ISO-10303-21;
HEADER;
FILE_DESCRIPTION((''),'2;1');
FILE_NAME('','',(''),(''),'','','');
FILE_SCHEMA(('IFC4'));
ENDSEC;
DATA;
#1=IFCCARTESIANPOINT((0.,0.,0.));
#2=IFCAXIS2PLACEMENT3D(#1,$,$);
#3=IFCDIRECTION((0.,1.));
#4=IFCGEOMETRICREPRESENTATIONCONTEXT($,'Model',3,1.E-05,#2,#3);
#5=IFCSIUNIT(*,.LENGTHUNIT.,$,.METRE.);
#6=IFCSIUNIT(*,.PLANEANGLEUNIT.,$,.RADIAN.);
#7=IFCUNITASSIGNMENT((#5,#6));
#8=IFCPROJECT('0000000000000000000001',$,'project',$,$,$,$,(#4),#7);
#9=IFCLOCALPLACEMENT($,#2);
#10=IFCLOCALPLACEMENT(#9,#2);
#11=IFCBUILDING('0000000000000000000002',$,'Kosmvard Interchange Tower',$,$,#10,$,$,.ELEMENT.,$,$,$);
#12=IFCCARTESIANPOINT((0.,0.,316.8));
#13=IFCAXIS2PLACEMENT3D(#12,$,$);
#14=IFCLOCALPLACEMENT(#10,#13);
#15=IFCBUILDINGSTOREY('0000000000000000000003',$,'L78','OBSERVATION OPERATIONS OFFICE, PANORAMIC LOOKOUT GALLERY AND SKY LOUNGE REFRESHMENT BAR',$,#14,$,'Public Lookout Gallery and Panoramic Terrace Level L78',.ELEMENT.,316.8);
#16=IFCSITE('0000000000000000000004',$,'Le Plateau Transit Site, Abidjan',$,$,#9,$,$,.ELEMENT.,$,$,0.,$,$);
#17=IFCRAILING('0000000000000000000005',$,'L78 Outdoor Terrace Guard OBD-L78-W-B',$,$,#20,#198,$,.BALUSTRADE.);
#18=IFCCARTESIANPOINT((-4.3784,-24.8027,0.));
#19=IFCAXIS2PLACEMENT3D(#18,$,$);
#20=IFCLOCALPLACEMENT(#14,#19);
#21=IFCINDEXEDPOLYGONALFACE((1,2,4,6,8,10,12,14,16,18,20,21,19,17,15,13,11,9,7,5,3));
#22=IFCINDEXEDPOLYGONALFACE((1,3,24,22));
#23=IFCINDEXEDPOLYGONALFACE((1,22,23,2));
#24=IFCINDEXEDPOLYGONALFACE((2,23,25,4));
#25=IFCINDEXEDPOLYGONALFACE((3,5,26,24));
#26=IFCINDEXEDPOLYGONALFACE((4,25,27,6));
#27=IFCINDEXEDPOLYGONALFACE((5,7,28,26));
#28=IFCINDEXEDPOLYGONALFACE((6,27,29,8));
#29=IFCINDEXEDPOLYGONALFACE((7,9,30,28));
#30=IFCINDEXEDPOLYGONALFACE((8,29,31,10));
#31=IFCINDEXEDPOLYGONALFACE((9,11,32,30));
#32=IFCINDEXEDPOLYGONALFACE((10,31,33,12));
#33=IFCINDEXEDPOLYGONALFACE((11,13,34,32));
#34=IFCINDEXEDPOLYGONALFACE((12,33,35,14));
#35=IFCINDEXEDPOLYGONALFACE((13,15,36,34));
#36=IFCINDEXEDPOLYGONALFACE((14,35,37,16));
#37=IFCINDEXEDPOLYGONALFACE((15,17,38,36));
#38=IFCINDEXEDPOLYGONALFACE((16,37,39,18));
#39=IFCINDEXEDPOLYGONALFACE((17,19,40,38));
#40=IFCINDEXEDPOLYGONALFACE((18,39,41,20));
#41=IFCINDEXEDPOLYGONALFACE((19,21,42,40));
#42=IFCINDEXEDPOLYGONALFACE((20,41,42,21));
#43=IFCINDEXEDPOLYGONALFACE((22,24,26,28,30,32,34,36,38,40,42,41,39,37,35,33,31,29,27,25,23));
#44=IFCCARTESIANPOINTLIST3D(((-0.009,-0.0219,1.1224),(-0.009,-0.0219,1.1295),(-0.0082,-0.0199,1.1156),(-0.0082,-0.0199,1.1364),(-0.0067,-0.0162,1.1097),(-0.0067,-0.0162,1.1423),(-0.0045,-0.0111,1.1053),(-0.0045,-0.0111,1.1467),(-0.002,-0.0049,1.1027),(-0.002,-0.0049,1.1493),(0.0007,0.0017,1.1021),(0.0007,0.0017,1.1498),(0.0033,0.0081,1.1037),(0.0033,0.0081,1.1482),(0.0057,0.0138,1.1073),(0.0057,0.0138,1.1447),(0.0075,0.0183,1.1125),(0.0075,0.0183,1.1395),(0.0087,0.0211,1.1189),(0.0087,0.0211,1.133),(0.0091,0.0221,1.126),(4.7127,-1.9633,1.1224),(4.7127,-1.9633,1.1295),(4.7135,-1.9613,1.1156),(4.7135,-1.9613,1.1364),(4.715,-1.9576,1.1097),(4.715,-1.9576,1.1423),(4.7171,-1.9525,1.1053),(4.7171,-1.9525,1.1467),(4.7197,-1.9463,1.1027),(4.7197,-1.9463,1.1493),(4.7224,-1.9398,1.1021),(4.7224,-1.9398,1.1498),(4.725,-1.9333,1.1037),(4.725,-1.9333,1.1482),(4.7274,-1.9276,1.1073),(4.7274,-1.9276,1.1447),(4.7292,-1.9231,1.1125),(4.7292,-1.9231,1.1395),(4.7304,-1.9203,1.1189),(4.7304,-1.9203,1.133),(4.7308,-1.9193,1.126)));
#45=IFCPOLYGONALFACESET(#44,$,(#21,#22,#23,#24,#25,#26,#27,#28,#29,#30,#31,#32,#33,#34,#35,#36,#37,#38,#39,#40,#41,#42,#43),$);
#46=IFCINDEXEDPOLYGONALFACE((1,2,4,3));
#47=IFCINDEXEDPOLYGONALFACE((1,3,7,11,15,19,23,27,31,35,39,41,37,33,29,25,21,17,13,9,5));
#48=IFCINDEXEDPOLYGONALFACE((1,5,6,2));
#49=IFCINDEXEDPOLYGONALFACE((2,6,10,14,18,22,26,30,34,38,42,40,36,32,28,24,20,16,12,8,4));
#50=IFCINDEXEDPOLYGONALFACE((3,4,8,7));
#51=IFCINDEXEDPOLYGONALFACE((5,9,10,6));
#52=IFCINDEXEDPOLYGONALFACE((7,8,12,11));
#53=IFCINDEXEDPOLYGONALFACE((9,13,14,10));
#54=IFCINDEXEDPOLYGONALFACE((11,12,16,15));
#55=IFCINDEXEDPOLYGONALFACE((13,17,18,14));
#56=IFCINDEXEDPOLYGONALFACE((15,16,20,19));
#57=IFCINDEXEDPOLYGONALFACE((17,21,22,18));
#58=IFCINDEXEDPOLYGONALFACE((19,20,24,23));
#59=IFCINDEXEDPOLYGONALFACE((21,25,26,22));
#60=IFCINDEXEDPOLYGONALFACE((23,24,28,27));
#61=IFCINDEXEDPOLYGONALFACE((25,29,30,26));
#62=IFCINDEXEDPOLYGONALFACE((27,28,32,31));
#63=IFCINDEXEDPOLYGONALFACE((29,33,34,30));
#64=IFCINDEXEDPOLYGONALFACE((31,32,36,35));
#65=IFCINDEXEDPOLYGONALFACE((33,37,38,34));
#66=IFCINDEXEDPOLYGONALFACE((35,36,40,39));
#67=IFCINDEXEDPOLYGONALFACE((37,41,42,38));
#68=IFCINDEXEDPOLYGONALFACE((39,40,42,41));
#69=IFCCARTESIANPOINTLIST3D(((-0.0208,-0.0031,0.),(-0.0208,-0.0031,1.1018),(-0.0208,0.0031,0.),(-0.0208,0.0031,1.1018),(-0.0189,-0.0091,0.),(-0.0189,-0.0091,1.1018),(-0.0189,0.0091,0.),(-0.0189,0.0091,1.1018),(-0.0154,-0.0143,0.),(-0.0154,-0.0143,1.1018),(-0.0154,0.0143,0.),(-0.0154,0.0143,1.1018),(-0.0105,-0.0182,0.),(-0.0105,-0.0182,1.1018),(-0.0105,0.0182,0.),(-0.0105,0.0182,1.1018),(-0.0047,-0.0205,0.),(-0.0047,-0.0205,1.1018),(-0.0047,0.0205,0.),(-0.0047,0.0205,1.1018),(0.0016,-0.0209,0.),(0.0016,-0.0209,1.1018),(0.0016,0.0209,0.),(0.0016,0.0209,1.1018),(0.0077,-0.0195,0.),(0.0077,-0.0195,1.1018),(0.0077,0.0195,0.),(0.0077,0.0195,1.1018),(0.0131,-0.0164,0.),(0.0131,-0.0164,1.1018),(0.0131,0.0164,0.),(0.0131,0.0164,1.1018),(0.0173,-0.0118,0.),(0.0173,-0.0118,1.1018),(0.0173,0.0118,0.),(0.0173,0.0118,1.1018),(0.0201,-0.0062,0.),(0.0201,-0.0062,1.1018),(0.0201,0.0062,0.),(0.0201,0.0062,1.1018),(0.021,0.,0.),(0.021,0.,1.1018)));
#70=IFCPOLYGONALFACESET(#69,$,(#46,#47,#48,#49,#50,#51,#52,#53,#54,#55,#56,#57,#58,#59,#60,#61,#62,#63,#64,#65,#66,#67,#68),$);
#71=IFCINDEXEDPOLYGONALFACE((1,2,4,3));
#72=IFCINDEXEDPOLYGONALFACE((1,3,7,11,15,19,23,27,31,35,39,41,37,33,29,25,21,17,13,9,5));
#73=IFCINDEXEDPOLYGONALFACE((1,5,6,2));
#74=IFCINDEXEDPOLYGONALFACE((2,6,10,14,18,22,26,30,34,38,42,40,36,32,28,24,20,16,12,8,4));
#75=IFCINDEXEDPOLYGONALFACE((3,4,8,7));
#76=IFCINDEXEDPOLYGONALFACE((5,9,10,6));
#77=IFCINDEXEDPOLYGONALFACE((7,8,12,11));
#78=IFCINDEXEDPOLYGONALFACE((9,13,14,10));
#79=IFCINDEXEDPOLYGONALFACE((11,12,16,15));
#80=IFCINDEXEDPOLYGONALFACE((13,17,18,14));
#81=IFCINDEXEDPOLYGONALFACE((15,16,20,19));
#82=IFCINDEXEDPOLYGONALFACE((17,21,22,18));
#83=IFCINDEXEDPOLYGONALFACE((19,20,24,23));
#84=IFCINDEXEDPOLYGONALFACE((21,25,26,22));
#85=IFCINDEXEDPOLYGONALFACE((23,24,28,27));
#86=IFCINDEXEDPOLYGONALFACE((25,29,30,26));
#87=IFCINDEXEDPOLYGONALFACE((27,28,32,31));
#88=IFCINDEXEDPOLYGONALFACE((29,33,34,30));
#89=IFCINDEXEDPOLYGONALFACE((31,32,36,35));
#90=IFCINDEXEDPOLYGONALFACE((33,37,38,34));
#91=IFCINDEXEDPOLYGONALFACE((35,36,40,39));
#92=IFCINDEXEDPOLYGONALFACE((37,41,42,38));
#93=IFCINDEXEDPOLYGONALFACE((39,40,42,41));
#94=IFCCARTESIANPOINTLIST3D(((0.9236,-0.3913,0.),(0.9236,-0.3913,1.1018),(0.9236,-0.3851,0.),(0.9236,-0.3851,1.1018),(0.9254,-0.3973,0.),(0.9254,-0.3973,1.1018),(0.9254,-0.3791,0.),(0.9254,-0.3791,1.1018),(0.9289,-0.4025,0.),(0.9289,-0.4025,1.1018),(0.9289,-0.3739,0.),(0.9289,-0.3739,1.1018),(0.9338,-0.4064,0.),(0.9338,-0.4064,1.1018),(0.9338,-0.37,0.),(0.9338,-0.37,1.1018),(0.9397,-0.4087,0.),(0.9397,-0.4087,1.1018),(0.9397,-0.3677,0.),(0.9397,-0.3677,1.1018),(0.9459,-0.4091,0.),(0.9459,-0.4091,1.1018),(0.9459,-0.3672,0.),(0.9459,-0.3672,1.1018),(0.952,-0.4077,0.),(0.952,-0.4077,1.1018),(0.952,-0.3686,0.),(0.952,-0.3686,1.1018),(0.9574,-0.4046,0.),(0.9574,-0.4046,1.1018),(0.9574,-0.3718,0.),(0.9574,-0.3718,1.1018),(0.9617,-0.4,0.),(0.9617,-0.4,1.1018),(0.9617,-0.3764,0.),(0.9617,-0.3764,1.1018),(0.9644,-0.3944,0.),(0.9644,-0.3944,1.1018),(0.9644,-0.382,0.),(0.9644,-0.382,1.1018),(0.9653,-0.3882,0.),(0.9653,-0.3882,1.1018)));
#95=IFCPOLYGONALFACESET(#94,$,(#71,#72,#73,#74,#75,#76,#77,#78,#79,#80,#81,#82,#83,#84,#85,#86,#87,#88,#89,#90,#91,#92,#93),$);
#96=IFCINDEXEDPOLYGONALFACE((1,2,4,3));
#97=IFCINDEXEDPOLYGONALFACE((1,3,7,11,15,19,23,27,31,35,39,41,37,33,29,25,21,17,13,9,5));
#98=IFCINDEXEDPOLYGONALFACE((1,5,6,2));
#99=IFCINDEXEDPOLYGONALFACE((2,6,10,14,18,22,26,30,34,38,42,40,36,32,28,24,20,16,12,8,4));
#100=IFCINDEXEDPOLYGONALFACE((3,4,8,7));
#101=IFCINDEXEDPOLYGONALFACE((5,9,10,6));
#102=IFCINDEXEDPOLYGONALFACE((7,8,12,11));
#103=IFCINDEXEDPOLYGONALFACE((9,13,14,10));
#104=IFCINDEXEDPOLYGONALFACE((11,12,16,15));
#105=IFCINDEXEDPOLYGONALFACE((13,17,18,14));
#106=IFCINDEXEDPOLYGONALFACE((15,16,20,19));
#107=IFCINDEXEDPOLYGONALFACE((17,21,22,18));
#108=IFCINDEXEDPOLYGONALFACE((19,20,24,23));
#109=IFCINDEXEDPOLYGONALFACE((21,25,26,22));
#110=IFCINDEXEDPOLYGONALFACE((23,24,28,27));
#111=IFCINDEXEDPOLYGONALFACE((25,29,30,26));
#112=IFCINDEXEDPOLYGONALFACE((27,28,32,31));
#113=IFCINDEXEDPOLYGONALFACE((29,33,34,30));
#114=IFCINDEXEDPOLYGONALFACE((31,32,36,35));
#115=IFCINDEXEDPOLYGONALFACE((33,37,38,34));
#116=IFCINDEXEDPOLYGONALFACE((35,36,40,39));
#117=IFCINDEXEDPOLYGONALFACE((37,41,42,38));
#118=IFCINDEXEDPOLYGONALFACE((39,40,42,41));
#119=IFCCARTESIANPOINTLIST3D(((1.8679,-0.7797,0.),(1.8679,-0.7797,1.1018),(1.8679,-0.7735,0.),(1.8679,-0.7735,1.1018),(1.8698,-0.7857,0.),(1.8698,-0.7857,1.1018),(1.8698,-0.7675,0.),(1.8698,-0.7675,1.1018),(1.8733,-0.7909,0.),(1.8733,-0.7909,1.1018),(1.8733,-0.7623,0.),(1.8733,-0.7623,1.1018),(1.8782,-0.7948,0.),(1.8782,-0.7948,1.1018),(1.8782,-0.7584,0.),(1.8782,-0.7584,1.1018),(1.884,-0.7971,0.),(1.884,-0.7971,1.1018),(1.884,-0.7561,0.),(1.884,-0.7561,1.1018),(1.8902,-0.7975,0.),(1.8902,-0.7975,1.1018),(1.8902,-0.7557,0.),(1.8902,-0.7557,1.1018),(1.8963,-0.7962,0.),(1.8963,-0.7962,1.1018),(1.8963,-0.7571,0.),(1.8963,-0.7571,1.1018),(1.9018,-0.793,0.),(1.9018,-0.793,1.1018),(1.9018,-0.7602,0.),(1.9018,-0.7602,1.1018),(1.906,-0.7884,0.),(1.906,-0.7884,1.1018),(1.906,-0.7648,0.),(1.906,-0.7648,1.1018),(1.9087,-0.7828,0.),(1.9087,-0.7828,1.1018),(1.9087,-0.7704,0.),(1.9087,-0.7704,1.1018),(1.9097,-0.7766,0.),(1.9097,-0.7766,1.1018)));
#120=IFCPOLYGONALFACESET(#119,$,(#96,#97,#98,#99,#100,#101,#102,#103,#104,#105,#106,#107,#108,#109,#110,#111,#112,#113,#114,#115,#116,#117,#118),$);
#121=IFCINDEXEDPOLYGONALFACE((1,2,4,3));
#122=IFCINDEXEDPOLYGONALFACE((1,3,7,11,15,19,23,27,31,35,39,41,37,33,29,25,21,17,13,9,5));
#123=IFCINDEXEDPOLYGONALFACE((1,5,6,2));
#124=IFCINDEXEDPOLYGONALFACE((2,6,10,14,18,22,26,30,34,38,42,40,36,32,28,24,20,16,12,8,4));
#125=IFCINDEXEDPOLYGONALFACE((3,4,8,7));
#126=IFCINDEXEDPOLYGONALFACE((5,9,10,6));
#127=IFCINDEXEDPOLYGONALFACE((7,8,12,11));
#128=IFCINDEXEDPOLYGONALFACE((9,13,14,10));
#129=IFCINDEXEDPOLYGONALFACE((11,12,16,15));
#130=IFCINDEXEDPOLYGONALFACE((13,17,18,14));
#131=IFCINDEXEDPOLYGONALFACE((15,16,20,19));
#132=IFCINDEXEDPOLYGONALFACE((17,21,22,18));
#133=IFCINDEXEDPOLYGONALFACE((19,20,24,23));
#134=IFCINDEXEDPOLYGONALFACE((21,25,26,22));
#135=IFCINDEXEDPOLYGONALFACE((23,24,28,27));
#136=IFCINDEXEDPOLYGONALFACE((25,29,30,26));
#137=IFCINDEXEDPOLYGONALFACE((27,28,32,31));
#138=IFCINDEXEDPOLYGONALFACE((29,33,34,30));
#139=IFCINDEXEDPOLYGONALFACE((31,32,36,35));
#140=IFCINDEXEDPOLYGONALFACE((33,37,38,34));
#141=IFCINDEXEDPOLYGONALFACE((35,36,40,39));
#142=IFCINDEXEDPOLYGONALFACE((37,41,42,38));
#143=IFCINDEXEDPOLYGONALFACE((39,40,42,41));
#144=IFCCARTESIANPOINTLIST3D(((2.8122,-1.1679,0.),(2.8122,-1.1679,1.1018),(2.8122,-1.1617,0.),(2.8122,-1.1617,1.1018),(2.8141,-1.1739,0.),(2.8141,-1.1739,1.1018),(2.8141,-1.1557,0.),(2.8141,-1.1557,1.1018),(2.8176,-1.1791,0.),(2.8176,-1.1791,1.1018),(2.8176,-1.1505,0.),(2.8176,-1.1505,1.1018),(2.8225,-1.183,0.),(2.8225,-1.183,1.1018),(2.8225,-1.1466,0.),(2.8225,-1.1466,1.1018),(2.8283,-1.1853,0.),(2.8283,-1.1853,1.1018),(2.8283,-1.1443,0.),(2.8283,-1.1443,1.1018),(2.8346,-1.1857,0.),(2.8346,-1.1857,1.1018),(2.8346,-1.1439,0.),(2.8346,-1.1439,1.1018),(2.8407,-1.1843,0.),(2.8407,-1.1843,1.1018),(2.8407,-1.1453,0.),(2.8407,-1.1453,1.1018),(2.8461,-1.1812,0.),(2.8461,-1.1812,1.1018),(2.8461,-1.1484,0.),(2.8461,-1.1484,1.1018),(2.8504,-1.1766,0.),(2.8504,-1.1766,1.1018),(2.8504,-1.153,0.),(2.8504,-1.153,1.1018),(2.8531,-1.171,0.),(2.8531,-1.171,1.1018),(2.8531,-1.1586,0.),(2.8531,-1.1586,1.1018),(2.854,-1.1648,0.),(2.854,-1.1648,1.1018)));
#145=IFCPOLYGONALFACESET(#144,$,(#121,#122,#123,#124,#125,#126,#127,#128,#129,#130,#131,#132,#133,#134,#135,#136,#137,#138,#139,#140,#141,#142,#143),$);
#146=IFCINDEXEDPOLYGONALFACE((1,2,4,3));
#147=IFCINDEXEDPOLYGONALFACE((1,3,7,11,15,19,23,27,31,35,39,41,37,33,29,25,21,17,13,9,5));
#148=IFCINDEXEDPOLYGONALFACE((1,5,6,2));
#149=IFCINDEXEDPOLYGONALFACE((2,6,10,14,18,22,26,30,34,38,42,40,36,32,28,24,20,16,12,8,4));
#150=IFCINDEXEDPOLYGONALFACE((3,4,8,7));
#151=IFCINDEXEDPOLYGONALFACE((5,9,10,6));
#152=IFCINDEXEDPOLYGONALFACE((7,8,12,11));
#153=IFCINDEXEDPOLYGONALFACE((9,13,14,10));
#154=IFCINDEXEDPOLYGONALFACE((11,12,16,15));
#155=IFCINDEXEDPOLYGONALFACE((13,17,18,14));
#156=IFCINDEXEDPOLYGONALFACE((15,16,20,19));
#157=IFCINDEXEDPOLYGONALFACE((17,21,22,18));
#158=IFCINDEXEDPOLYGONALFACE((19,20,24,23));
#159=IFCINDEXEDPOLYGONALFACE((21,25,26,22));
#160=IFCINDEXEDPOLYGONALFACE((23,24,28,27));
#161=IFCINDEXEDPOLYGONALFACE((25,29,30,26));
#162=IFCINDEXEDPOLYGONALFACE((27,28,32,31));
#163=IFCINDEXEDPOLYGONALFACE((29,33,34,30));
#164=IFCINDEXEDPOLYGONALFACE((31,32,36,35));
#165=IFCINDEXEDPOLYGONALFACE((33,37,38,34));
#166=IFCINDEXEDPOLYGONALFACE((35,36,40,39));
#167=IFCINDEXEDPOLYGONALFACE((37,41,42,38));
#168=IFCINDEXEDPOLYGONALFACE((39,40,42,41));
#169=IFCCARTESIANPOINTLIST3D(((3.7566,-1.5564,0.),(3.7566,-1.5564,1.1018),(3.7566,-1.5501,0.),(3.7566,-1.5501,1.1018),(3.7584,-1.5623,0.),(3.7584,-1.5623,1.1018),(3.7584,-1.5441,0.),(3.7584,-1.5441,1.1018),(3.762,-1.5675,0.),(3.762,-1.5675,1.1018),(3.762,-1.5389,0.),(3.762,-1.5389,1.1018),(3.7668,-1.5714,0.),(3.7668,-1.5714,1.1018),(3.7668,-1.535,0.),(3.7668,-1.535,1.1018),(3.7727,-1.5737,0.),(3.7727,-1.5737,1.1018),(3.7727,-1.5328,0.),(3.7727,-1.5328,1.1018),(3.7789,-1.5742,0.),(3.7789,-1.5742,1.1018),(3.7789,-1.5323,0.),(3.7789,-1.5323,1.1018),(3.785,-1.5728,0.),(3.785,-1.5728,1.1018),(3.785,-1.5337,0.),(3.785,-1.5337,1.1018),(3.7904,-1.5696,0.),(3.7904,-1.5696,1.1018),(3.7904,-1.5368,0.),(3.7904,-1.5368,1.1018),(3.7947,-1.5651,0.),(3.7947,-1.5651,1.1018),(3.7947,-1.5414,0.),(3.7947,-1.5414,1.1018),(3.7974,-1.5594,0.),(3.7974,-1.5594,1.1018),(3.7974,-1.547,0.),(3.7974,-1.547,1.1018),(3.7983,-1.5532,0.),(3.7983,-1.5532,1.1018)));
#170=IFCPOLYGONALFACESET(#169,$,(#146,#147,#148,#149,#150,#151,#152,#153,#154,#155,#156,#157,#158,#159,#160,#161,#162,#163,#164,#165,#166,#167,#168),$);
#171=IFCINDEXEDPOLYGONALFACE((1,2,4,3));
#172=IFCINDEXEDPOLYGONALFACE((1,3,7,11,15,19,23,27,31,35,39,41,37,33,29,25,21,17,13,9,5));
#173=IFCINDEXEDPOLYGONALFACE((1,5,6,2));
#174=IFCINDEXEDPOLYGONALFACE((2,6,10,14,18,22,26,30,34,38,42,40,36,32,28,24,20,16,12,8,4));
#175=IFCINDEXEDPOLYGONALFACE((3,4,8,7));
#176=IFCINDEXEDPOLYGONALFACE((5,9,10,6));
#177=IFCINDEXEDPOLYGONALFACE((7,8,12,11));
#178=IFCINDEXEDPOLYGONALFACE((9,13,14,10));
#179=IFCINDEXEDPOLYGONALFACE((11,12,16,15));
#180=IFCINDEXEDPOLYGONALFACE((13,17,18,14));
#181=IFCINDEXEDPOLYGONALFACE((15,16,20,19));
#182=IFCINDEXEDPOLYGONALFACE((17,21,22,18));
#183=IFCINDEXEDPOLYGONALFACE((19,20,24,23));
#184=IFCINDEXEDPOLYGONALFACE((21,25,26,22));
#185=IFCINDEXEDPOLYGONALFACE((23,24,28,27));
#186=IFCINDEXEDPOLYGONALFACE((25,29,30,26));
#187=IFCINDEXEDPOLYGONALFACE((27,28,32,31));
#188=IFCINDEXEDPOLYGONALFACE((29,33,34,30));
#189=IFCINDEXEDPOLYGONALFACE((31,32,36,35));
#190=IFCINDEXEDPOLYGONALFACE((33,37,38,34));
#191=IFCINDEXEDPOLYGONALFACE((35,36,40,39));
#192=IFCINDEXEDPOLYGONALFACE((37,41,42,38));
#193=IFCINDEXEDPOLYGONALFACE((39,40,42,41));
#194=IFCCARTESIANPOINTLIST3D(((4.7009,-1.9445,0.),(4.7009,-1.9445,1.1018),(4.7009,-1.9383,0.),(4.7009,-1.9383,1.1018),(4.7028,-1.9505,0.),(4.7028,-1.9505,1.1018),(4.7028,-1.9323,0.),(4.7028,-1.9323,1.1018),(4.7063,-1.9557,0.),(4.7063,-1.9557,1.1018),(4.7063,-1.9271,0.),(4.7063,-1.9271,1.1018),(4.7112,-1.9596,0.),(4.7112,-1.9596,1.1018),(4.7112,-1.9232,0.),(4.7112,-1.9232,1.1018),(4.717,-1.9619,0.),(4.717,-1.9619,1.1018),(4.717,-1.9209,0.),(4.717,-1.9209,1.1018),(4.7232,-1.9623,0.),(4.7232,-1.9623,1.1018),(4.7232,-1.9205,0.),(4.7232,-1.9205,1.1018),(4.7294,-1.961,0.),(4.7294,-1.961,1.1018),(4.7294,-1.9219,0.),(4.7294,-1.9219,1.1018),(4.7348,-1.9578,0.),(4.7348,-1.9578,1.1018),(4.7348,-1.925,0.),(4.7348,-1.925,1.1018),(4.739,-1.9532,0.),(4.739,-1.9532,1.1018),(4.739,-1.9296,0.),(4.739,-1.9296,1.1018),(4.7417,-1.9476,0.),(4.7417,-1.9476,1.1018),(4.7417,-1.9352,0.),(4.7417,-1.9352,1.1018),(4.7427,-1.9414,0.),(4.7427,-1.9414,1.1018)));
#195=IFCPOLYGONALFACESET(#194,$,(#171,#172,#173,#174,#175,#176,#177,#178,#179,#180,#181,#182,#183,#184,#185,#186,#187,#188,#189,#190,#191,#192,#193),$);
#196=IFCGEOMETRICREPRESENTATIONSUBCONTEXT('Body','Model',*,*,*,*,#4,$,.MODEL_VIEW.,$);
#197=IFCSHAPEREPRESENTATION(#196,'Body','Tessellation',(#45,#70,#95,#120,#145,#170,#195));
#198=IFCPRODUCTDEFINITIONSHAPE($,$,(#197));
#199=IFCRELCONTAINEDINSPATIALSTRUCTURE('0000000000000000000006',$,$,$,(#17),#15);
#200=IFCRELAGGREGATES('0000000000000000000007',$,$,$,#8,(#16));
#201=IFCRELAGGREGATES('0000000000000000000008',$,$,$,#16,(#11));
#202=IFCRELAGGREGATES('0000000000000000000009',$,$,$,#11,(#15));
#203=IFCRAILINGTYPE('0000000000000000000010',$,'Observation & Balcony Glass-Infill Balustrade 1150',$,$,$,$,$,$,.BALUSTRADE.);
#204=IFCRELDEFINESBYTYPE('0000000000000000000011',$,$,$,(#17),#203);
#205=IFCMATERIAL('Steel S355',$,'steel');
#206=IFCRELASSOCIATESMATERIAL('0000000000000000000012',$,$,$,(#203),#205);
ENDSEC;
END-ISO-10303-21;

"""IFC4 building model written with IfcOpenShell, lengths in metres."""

from ifc_helpers import new_model, si_unit, direction, frame, origin, origin_2d, place, context, subcontext, project, spatial, circle, extrude, source, transform, mapped, material, type_object, element, save


model = new_model("IFC4")

# Units and contexts
model_context = context("Model", 3, precision=1e-05, world=origin(), true_north=direction((0.0, 1.0)))
body_context = subcontext(model_context, "Body", "Model", "MODEL_VIEW")
ifc_project = project(units=[si_unit("LENGTHUNIT", "METRE"), si_unit("PLANEANGLEUNIT", "RADIAN")], contexts=[model_context])

# Site, building, storey
site_placement = place(None, origin())
site = spatial("IfcSite", under=ifc_project, at=site_placement, Name="Le Plateau Transit Site, Abidjan", CompositionType="ELEMENT", RefElevation=0.0)
building_placement = place(site_placement, origin())
building = spatial("IfcBuilding", under=site, at=building_placement, Name="Kosmvard Interchange Tower", CompositionType="ELEMENT")
storey_placement = place(building_placement, frame((0.0, 0.0, 316.8)))
storey = spatial("IfcBuildingStorey", under=building, at=storey_placement, Name="L78", Description="OBSERVATION OPERATIONS OFFICE, PANORAMIC LOOKOUT GALLERY AND SKY LOUNGE REFRESHMENT BAR", LongName="Public Lookout Gallery and Panoramic Terrace Level L78", CompositionType="ELEMENT", Elevation=316.8)

# Shared definitions
ifc_material_1 = material(Name="Steel S355", Category="steel")

# Railing
railing_type = type_object("IfcRailingType", Name="Observation & Balcony Glass-Infill Balustrade 1150", PredefinedType="BALUSTRADE", material=ifc_material_1)
shared_shape_1 = source(origin(), body_context, "Body", "SweptSolid", [
    extrude(circle(Radius=0.0239, at=origin_2d()), frame((0.0, 0.0, 1.126), z_axis=(0.924872, -0.380278, 0.0), x_axis=(0.380278, 0.924872, 0.0)), (0.0, 0.0, 1.0), 5.1052),
    extrude(circle(Radius=0.021, at=origin_2d()), origin(), (0.0, 0.0, 1.0), 1.1018),
    extrude(circle(Radius=0.021, at=origin_2d()), frame((0.9443, -0.3882, 0.0)), (0.0, 0.0, 1.0), 1.1018),
    extrude(circle(Radius=0.021, at=origin_2d()), frame((1.8887, -0.7766, 0.0)), (0.0, 0.0, 1.0), 1.1018),
    extrude(circle(Radius=0.021, at=origin_2d()), frame((2.833, -1.1648, 0.0)), (0.0, 0.0, 1.0), 1.1018),
    extrude(circle(Radius=0.021, at=origin_2d()), frame((3.7773, -1.5532, 0.0)), (0.0, 0.0, 1.0), 1.1018),
    extrude(circle(Radius=0.021, at=origin_2d()), frame((4.7217, -1.9414, 0.0)), (0.0, 0.0, 1.0), 1.1018),
])
railing_1_placement = place(storey_placement, frame((-4.3784, -24.8027, 0.0)))
element("IfcRailing", 1, at=railing_1_placement, inside=storey, type_object=railing_type, Name="L78 Outdoor Terrace Guard OBD-L78-W-B", PredefinedType="BALUSTRADE", context=body_context, shape_type="MappedRepresentation", body=[
    mapped(shared_shape_1, transform((0.0, 0.0, 0.0), scale=1.0)),
])

save(model, "model.ifc")
